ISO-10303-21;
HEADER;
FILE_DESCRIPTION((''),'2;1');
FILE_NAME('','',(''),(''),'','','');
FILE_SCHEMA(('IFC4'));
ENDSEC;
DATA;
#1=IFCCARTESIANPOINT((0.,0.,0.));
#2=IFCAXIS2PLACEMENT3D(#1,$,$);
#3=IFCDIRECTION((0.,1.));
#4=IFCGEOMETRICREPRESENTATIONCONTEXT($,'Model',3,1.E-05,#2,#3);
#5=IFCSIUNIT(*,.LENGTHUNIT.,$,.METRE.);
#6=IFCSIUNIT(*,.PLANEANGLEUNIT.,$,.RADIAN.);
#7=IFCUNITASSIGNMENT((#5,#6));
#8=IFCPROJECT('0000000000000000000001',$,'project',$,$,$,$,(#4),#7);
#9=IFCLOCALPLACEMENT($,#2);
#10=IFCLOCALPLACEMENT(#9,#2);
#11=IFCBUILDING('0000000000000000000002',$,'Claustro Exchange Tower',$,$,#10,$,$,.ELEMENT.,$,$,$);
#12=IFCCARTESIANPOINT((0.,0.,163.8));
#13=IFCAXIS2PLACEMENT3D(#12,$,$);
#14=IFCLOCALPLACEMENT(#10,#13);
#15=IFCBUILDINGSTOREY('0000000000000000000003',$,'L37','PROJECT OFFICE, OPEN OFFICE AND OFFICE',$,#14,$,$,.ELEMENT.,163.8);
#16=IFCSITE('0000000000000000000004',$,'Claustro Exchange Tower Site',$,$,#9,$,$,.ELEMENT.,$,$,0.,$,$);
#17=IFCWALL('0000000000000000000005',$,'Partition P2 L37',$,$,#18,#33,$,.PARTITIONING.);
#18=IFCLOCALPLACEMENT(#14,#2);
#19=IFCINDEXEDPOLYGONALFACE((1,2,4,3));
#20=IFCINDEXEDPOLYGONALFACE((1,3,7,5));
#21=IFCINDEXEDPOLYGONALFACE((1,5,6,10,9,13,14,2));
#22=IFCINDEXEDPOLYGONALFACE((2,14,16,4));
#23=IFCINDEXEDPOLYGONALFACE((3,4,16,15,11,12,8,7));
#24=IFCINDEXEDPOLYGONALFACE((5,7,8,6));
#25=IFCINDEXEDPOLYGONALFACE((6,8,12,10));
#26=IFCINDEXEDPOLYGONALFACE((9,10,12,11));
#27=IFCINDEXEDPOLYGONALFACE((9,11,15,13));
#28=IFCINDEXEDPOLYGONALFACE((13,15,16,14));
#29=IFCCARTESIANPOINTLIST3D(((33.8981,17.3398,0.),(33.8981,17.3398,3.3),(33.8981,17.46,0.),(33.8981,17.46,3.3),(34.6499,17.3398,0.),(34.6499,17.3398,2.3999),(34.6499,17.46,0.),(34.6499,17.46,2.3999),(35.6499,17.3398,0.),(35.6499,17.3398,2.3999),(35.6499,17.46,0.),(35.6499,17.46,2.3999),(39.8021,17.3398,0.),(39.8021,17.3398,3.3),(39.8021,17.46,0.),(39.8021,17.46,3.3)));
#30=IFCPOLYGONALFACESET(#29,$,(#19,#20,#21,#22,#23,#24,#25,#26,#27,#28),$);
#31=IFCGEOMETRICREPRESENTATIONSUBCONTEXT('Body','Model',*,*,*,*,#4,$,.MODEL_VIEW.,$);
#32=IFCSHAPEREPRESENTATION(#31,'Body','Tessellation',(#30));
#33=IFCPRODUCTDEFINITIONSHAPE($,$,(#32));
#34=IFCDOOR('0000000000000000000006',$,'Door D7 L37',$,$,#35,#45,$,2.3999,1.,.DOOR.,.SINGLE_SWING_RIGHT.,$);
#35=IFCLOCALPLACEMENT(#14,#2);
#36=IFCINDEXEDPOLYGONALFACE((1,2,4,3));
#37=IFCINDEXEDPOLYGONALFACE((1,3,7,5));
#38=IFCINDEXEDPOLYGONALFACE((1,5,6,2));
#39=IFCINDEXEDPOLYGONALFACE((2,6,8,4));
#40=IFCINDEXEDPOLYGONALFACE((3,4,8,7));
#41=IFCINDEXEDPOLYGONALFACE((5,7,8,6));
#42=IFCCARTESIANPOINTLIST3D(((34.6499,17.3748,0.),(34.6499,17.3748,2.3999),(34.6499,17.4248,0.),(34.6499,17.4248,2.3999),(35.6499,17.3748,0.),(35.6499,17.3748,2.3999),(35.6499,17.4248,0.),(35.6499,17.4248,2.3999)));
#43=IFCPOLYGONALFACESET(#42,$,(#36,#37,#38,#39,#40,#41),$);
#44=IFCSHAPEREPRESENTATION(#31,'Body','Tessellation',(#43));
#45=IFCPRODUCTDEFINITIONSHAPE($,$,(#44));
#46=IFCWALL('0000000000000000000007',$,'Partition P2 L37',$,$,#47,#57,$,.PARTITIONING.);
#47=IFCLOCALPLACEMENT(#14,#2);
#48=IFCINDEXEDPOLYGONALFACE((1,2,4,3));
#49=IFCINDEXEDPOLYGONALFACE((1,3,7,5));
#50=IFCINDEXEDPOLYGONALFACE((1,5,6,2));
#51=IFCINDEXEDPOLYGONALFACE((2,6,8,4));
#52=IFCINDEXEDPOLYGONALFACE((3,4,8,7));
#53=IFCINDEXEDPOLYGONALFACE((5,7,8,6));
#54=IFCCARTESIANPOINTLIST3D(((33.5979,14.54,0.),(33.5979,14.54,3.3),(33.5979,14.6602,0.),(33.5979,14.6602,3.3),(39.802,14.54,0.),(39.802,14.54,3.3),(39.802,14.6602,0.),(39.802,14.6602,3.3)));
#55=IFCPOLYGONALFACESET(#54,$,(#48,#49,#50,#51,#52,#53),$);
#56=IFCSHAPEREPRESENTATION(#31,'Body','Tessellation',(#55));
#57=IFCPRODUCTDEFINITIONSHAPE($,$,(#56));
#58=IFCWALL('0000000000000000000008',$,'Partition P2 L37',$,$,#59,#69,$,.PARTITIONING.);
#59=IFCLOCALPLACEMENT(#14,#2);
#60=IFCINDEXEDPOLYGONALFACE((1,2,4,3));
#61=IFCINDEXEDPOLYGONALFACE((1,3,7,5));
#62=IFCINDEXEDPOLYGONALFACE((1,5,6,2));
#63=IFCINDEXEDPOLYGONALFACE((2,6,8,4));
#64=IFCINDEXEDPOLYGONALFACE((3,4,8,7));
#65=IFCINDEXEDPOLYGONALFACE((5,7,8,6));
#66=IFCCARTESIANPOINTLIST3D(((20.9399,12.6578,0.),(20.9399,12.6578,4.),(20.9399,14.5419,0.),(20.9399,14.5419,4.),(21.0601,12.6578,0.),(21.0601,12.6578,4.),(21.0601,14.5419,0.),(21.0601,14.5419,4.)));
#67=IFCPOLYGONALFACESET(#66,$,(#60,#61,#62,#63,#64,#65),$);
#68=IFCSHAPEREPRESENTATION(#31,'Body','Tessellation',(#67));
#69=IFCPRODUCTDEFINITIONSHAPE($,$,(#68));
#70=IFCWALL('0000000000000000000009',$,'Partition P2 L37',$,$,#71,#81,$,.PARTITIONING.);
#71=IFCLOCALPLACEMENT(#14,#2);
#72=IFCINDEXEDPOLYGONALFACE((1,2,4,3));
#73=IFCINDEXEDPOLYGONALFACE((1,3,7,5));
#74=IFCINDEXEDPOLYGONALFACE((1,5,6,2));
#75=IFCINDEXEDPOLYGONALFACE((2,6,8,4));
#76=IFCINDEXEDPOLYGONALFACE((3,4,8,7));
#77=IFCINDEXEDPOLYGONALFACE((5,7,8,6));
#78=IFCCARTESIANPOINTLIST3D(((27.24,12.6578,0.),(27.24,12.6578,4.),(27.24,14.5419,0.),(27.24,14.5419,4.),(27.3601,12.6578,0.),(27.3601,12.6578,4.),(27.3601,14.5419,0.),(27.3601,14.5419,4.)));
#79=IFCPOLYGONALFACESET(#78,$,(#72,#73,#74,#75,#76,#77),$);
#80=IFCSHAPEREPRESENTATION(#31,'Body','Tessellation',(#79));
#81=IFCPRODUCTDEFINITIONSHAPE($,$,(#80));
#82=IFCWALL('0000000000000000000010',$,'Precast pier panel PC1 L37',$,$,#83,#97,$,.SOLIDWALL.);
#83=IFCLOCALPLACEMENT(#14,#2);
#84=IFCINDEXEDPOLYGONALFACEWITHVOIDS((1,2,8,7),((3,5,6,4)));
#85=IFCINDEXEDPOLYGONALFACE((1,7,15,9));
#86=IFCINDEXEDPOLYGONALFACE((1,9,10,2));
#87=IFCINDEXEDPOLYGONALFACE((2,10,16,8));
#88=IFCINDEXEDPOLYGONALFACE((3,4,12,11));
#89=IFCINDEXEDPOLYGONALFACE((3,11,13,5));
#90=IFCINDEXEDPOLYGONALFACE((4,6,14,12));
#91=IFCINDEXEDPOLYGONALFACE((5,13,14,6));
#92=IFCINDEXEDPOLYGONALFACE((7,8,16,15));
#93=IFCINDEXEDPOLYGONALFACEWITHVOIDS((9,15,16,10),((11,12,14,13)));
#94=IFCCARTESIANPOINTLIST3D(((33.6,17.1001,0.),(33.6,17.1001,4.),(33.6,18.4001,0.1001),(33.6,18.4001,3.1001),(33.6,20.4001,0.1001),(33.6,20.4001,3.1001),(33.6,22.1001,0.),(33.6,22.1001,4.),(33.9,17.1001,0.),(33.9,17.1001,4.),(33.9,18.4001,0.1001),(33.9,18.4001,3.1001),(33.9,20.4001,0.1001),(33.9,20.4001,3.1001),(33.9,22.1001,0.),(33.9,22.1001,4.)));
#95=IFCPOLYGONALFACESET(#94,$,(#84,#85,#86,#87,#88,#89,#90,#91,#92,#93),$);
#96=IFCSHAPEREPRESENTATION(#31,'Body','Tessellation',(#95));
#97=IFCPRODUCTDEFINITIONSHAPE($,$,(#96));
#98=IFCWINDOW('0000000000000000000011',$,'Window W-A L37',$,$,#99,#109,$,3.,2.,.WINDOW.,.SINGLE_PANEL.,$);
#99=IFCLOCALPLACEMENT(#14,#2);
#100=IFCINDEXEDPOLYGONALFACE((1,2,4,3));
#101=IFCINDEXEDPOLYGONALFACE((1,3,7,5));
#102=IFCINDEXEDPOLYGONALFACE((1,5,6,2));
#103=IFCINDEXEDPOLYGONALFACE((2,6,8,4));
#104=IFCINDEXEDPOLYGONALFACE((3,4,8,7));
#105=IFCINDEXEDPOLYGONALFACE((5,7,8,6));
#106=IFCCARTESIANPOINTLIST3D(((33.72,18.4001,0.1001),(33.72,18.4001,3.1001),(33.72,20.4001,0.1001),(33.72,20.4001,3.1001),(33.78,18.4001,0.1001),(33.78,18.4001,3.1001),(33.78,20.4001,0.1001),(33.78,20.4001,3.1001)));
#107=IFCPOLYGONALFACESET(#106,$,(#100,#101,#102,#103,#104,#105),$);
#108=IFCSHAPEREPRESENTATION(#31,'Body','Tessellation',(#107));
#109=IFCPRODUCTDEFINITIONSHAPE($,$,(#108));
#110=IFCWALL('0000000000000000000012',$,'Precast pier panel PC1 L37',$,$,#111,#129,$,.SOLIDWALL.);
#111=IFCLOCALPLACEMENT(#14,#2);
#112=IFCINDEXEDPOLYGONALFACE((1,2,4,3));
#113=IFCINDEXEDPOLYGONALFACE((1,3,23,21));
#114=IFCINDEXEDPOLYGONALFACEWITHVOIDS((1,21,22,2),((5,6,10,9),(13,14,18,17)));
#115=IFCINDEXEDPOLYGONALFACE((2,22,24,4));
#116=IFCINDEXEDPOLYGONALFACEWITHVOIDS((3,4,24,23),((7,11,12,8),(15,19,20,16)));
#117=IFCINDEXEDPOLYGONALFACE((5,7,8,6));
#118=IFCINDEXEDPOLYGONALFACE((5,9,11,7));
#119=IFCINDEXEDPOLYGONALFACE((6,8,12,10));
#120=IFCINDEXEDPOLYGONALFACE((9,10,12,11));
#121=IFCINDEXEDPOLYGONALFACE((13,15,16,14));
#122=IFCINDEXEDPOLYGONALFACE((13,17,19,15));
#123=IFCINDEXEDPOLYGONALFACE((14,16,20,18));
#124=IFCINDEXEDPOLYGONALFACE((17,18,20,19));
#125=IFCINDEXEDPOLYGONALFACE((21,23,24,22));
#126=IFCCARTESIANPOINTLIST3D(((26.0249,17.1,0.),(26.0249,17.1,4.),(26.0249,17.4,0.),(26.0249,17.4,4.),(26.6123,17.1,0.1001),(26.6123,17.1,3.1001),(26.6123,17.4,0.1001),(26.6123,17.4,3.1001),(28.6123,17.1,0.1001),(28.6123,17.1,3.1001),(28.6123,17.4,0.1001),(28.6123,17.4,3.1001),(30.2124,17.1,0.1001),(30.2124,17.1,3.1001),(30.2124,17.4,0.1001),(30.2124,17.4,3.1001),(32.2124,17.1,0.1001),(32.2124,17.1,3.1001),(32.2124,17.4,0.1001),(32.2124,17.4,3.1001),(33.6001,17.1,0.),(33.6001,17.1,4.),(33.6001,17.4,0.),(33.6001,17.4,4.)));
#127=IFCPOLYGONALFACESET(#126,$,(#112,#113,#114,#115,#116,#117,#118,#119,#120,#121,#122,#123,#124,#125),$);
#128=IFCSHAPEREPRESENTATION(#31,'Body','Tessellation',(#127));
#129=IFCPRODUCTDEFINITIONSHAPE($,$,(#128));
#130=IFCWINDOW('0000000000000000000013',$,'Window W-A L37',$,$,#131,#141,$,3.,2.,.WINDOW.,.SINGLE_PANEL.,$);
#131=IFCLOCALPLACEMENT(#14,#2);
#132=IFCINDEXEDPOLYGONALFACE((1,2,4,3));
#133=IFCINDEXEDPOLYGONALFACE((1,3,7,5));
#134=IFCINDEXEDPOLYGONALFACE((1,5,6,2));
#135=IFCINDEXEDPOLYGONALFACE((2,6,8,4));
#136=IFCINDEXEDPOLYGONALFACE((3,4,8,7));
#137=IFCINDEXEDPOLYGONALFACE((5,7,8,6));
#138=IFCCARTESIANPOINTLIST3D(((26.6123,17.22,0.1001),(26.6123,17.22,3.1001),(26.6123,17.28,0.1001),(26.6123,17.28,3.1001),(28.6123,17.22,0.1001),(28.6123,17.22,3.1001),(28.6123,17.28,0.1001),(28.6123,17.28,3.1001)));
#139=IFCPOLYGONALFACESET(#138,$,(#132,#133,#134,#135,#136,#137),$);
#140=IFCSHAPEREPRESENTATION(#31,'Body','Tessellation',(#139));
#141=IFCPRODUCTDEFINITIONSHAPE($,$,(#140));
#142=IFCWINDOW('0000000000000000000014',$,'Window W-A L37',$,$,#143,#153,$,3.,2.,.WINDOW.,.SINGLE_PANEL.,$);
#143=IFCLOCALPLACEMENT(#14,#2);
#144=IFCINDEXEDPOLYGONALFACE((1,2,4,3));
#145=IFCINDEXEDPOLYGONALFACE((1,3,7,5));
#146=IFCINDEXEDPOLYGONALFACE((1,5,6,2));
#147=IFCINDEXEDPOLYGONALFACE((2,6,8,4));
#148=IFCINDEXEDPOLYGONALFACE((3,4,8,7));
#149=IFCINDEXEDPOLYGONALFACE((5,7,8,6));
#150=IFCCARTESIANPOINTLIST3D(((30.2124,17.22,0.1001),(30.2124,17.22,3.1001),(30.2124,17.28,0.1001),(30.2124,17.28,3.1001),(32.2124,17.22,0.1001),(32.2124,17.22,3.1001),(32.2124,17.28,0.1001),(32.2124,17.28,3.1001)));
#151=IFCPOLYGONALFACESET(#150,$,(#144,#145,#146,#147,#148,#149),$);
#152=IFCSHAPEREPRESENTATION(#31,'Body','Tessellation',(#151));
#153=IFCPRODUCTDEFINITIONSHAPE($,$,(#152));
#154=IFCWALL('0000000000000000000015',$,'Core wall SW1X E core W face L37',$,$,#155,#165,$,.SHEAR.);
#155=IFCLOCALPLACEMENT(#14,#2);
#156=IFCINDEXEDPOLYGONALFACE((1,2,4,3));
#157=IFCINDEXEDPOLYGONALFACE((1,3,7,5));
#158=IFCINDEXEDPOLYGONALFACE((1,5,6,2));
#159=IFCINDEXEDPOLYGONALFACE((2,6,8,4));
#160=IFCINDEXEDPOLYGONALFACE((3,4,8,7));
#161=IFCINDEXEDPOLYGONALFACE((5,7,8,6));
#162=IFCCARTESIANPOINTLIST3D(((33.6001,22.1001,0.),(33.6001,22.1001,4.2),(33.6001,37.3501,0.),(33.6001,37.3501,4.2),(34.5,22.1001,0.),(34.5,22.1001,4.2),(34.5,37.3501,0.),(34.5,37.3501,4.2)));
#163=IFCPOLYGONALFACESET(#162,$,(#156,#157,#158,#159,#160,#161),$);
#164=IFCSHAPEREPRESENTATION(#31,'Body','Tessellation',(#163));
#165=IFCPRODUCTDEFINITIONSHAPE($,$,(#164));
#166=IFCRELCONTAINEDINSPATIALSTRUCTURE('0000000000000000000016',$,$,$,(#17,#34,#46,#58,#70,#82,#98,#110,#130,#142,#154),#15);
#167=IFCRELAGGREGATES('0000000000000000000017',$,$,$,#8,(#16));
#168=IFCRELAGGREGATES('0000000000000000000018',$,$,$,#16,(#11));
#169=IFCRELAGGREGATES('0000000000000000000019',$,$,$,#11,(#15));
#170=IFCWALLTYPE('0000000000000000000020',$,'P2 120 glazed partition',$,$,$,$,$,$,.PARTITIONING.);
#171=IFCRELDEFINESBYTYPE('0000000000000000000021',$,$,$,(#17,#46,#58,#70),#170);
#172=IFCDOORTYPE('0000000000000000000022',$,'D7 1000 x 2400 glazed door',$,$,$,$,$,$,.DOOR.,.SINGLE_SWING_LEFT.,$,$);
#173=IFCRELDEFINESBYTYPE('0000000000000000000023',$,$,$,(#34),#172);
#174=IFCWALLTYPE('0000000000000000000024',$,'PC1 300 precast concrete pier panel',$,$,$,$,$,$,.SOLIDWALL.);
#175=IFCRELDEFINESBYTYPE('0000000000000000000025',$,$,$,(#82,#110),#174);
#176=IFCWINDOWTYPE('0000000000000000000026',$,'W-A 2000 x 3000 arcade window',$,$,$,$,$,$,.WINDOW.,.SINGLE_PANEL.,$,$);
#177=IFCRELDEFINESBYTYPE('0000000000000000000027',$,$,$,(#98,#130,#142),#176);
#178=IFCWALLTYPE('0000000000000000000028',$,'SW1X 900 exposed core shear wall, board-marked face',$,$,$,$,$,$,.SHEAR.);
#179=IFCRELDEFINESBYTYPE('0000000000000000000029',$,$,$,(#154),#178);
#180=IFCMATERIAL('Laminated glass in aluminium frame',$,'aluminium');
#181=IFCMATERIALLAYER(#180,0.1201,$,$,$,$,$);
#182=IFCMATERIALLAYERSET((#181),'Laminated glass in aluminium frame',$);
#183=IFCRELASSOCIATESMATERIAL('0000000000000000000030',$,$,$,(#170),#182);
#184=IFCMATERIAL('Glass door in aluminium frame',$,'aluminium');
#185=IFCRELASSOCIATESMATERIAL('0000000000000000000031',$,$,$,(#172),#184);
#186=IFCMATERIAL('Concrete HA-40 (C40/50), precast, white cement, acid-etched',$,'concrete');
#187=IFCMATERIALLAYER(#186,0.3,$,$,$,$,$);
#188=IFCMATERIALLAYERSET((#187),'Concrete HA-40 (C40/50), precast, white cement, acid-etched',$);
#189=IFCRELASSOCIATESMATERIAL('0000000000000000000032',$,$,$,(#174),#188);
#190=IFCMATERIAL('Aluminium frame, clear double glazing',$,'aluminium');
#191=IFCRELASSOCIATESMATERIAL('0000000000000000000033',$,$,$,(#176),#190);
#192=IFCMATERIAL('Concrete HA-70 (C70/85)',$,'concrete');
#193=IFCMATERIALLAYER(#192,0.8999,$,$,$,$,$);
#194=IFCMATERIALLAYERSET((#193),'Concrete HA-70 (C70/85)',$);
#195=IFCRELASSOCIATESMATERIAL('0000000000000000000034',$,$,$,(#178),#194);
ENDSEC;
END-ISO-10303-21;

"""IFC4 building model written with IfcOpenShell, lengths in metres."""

from ifc_helpers import new_model, si_unit, direction, frame, frame_2d, origin, place, context, subcontext, project, spatial, rectangle, extrude, material, layer, layer_set, type_object, element, fill, save


model = new_model("IFC4")

# Units and contexts
model_context = context("Model", 3, precision=1e-05, world=origin(), true_north=direction((0.0, 1.0)))
body_context = subcontext(model_context, "Body", "Model", "MODEL_VIEW")
ifc_project = project(units=[si_unit("LENGTHUNIT", "METRE"), si_unit("PLANEANGLEUNIT", "RADIAN")], contexts=[model_context])

# Site, building, storey
site_placement = place(None, origin())
site = spatial("IfcSite", under=ifc_project, at=site_placement, Name="Claustro Exchange Tower Site", CompositionType="ELEMENT", RefElevation=0.0)
building_placement = place(site_placement, origin())
building = spatial("IfcBuilding", under=site, at=building_placement, Name="Claustro Exchange Tower", CompositionType="ELEMENT")
storey_placement = place(building_placement, frame((0.0, 0.0, 163.8)))
storey = spatial("IfcBuildingStorey", under=building, at=storey_placement, Name="L37", Description="PROJECT OFFICE, OPEN OFFICE AND OFFICE", CompositionType="ELEMENT", Elevation=163.8)

# Wall, opening, door
ifc_material_1 = material(Name="Laminated glass in aluminium frame", Category="aluminium")
ifc_layer_1 = layer(ifc_material_1, 0.1201)
ifc_layer_set_1 = layer_set([ifc_layer_1], Name="Laminated glass in aluminium frame")
wall_type_1 = type_object("IfcWallType", Name="P2 120 glazed partition", PredefinedType="PARTITIONING", material=ifc_layer_set_1)
wall_1_placement = place(storey_placement, frame((33.8979, 17.3999, 0.0), z_axis=(0.0, 0.0, 1.0), x_axis=(1.0, 0.0, 0.0)))
wall_1 = element("IfcWall", 1, at=wall_1_placement, inside=storey, type_object=wall_type_1, Name="Partition P2 L37", PredefinedType="PARTITIONING", context=body_context, shape_type="SweptSolid", body=[
    extrude(rectangle(XDim=5.9041, YDim=0.1201, at=frame_2d((2.9521, 0.0))), origin(), (0.0, 0.0, 1.0), 3.3),
])
opening_1_placement = place(wall_1_placement, frame((0.752, 0.0, 0.0)))
opening_1 = element("IfcOpeningElement", 2, at=opening_1_placement, cuts=wall_1, PredefinedType="OPENING", context=body_context, shape_type="SweptSolid", body=[
    extrude(rectangle(XDim=1.0, YDim=2.3999, at=frame_2d((0.5, 1.2))), frame((0.0, 0.0701, 0.0), z_axis=(0.0, -1.0, 0.0), x_axis=(1.0, 0.0, 0.0)), (0.0, 0.0, 1.0), 0.1401),
])
ifc_material_2 = material(Name="Glass door in aluminium frame", Category="aluminium")
door_type_1 = type_object("IfcDoorType", Name="D7 1000 x 2400 glazed door", OperationType="SINGLE_SWING_LEFT", PredefinedType="DOOR", material=ifc_material_2)
door_1_placement = place(opening_1_placement, origin())
door_1 = element("IfcDoor", 3, at=door_1_placement, inside=storey, type_object=door_type_1, Name="Door D7 L37", OperationType="SINGLE_SWING_RIGHT", OverallHeight=2.3999, OverallWidth=1.0, PredefinedType="DOOR", context=body_context, shape_type="SweptSolid", body=[
    extrude(rectangle(XDim=1.0, YDim=2.3999, at=frame_2d((0.5, 1.2))), frame((0.0, 0.0249, 0.0), z_axis=(0.0, -1.0, 0.0), x_axis=(1.0, 0.0, 0.0)), (0.0, 0.0, 1.0), 0.05),
])
fill(opening_1, door_1)

# Walls
wall_2_placement = place(storey_placement, frame((33.5979, 14.6001, 0.0), z_axis=(0.0, 0.0, 1.0), x_axis=(1.0, 0.0, 0.0)))
element("IfcWall", 4, at=wall_2_placement, inside=storey, type_object=wall_type_1, Name="Partition P2 L37", PredefinedType="PARTITIONING", context=body_context, shape_type="SweptSolid", body=[
    extrude(rectangle(XDim=6.2041, YDim=0.1201, at=frame_2d((3.1021, 0.0))), origin(), (0.0, 0.0, 1.0), 3.3),
])
for number, where, z_axis, x_axis, name in (
    (5, (21.0, 12.658, 0.0), (0.0, 0.0, 1.0), (0.0, 1.0, 0.0), "Partition P2 L37"),
    (6, (27.3, 12.658, 0.0), (0.0, 0.0, 1.0), (0.0, 1.0, 0.0), "Partition P2 L37"),
):
    element("IfcWall", number, at=place(storey_placement, frame(where, z_axis=z_axis, x_axis=x_axis)), inside=storey, type_object=wall_type_1, Name=name, PredefinedType="PARTITIONING", context=body_context, shape_type="SweptSolid", body=[
        extrude(rectangle(XDim=1.884, YDim=0.1201, at=frame_2d((0.9419, 0.0))), origin(), (0.0, 0.0, 1.0), 4.0),
    ])

# Wall, opening, window
ifc_material_3 = material(Name="Concrete HA-40 (C40/50), precast, white cement, acid-etched", Category="concrete")
ifc_layer_2 = layer(ifc_material_3, 0.3)
ifc_layer_set_2 = layer_set([ifc_layer_2], Name="Concrete HA-40 (C40/50), precast, white cement, acid-etched")
wall_type_2 = type_object("IfcWallType", Name="PC1 300 precast concrete pier panel", PredefinedType="SOLIDWALL", material=ifc_layer_set_2)
wall_3_placement = place(storey_placement, frame((33.75, 17.1001, 0.0), z_axis=(0.0, 0.0, 1.0), x_axis=(0.0, 1.0, 0.0)))
wall_3 = element("IfcWall", 7, at=wall_3_placement, inside=storey, type_object=wall_type_2, Name="Precast pier panel PC1 L37", PredefinedType="SOLIDWALL", context=body_context, shape_type="SweptSolid", body=[
    extrude(rectangle(XDim=5.0, YDim=0.3, at=frame_2d((2.5, 0.0))), origin(), (0.0, 0.0, 1.0), 4.0),
])
opening_2_placement = place(wall_3_placement, frame((1.3, 0.0, 0.1001)))
opening_2 = element("IfcOpeningElement", 8, at=opening_2_placement, cuts=wall_3, PredefinedType="OPENING", context=body_context, shape_type="SweptSolid", body=[
    extrude(rectangle(XDim=2.0, YDim=3.0, at=frame_2d((1.0, 1.5))), frame((0.0, 0.1599, 0.0), z_axis=(0.0, -1.0, 0.0), x_axis=(1.0, 0.0, 0.0)), (0.0, 0.0, 1.0), 0.3201),
])
ifc_material_4 = material(Name="Aluminium frame, clear double glazing", Category="aluminium")
window_type = type_object("IfcWindowType", Name="W-A 2000 x 3000 arcade window", PartitioningType="SINGLE_PANEL", PredefinedType="WINDOW", material=ifc_material_4)
window_1_placement = place(opening_2_placement, origin())
window_1 = element("IfcWindow", 9, at=window_1_placement, inside=storey, type_object=window_type, Name="Window W-A L37", OverallHeight=3.0, OverallWidth=2.0, PartitioningType="SINGLE_PANEL", PredefinedType="WINDOW", context=body_context, shape_type="SweptSolid", body=[
    extrude(rectangle(XDim=2.0, YDim=3.0, at=frame_2d((1.0, 1.5))), frame((0.0, 0.03, 0.0), z_axis=(0.0, -1.0, 0.0), x_axis=(1.0, 0.0, 0.0)), (0.0, 0.0, 1.0), 0.0601),
])
fill(opening_2, window_1)

# Wall, openings, windows
wall_4_placement = place(storey_placement, frame((26.0249, 17.25, 0.0), z_axis=(0.0, 0.0, 1.0), x_axis=(1.0, 0.0, 0.0)))
wall_4 = element("IfcWall", 10, at=wall_4_placement, inside=storey, type_object=wall_type_2, Name="Precast pier panel PC1 L37", PredefinedType="SOLIDWALL", context=body_context, shape_type="SweptSolid", body=[
    extrude(rectangle(XDim=7.5752, YDim=0.3, at=frame_2d((3.7876, 0.0))), origin(), (0.0, 0.0, 1.0), 4.0),
])
opening_3_placement = place(wall_4_placement, frame((0.5874, 0.0, 0.1001)))
opening_3 = element("IfcOpeningElement", 11, at=opening_3_placement, cuts=wall_4, PredefinedType="OPENING", context=body_context, shape_type="SweptSolid", body=[
    extrude(rectangle(XDim=2.0, YDim=3.0, at=frame_2d((1.0, 1.5))), frame((0.0, 0.1599, 0.0), z_axis=(0.0, -1.0, 0.0), x_axis=(1.0, 0.0, 0.0)), (0.0, 0.0, 1.0), 0.3201),
])
opening_4_placement = place(wall_4_placement, frame((4.1875, 0.0, 0.1001)))
opening_4 = element("IfcOpeningElement", 12, at=opening_4_placement, cuts=wall_4, PredefinedType="OPENING", context=body_context, shape_type="SweptSolid", body=[
    extrude(rectangle(XDim=2.0, YDim=3.0, at=frame_2d((1.0, 1.5))), frame((0.0, 0.1599, 0.0), z_axis=(0.0, -1.0, 0.0), x_axis=(1.0, 0.0, 0.0)), (0.0, 0.0, 1.0), 0.3201),
])
window_2_placement = place(opening_3_placement, origin())
window_2 = element("IfcWindow", 13, at=window_2_placement, inside=storey, type_object=window_type, Name="Window W-A L37", OverallHeight=3.0, OverallWidth=2.0, PartitioningType="SINGLE_PANEL", PredefinedType="WINDOW", context=body_context, shape_type="SweptSolid", body=[
    extrude(rectangle(XDim=2.0, YDim=3.0, at=frame_2d((1.0, 1.5))), frame((0.0, 0.03, 0.0), z_axis=(0.0, -1.0, 0.0), x_axis=(1.0, 0.0, 0.0)), (0.0, 0.0, 1.0), 0.0601),
])
fill(opening_3, window_2)
window_3_placement = place(opening_4_placement, origin())
window_3 = element("IfcWindow", 14, at=window_3_placement, inside=storey, type_object=window_type, Name="Window W-A L37", OverallHeight=3.0, OverallWidth=2.0, PartitioningType="SINGLE_PANEL", PredefinedType="WINDOW", context=body_context, shape_type="SweptSolid", body=[
    extrude(rectangle(XDim=2.0, YDim=3.0, at=frame_2d((1.0, 1.5))), frame((0.0, 0.03, 0.0), z_axis=(0.0, -1.0, 0.0), x_axis=(1.0, 0.0, 0.0)), (0.0, 0.0, 1.0), 0.0601),
])
fill(opening_4, window_3)

# Wall
ifc_material_5 = material(Name="Concrete HA-70 (C70/85)", Category="concrete")
ifc_layer_3 = layer(ifc_material_5, 0.8999)
ifc_layer_set_3 = layer_set([ifc_layer_3], Name="Concrete HA-70 (C70/85)")
wall_type_3 = type_object("IfcWallType", Name="SW1X 900 exposed core shear wall, board-marked face", PredefinedType="SHEAR", material=ifc_layer_set_3)
wall_5_placement = place(storey_placement, frame((34.05, 22.1001, 0.0), z_axis=(0.0, 0.0, 1.0), x_axis=(0.0, 1.0, 0.0)))
element("IfcWall", 15, at=wall_5_placement, inside=storey, type_object=wall_type_3, Name="Core wall SW1X E core W face L37", PredefinedType="SHEAR", context=body_context, shape_type="SweptSolid", body=[
    extrude(rectangle(XDim=15.25, YDim=0.8999, at=frame_2d((7.625, 0.0))), origin(), (0.0, 0.0, 1.0), 4.2),
])

save(model, "model.ifc")
